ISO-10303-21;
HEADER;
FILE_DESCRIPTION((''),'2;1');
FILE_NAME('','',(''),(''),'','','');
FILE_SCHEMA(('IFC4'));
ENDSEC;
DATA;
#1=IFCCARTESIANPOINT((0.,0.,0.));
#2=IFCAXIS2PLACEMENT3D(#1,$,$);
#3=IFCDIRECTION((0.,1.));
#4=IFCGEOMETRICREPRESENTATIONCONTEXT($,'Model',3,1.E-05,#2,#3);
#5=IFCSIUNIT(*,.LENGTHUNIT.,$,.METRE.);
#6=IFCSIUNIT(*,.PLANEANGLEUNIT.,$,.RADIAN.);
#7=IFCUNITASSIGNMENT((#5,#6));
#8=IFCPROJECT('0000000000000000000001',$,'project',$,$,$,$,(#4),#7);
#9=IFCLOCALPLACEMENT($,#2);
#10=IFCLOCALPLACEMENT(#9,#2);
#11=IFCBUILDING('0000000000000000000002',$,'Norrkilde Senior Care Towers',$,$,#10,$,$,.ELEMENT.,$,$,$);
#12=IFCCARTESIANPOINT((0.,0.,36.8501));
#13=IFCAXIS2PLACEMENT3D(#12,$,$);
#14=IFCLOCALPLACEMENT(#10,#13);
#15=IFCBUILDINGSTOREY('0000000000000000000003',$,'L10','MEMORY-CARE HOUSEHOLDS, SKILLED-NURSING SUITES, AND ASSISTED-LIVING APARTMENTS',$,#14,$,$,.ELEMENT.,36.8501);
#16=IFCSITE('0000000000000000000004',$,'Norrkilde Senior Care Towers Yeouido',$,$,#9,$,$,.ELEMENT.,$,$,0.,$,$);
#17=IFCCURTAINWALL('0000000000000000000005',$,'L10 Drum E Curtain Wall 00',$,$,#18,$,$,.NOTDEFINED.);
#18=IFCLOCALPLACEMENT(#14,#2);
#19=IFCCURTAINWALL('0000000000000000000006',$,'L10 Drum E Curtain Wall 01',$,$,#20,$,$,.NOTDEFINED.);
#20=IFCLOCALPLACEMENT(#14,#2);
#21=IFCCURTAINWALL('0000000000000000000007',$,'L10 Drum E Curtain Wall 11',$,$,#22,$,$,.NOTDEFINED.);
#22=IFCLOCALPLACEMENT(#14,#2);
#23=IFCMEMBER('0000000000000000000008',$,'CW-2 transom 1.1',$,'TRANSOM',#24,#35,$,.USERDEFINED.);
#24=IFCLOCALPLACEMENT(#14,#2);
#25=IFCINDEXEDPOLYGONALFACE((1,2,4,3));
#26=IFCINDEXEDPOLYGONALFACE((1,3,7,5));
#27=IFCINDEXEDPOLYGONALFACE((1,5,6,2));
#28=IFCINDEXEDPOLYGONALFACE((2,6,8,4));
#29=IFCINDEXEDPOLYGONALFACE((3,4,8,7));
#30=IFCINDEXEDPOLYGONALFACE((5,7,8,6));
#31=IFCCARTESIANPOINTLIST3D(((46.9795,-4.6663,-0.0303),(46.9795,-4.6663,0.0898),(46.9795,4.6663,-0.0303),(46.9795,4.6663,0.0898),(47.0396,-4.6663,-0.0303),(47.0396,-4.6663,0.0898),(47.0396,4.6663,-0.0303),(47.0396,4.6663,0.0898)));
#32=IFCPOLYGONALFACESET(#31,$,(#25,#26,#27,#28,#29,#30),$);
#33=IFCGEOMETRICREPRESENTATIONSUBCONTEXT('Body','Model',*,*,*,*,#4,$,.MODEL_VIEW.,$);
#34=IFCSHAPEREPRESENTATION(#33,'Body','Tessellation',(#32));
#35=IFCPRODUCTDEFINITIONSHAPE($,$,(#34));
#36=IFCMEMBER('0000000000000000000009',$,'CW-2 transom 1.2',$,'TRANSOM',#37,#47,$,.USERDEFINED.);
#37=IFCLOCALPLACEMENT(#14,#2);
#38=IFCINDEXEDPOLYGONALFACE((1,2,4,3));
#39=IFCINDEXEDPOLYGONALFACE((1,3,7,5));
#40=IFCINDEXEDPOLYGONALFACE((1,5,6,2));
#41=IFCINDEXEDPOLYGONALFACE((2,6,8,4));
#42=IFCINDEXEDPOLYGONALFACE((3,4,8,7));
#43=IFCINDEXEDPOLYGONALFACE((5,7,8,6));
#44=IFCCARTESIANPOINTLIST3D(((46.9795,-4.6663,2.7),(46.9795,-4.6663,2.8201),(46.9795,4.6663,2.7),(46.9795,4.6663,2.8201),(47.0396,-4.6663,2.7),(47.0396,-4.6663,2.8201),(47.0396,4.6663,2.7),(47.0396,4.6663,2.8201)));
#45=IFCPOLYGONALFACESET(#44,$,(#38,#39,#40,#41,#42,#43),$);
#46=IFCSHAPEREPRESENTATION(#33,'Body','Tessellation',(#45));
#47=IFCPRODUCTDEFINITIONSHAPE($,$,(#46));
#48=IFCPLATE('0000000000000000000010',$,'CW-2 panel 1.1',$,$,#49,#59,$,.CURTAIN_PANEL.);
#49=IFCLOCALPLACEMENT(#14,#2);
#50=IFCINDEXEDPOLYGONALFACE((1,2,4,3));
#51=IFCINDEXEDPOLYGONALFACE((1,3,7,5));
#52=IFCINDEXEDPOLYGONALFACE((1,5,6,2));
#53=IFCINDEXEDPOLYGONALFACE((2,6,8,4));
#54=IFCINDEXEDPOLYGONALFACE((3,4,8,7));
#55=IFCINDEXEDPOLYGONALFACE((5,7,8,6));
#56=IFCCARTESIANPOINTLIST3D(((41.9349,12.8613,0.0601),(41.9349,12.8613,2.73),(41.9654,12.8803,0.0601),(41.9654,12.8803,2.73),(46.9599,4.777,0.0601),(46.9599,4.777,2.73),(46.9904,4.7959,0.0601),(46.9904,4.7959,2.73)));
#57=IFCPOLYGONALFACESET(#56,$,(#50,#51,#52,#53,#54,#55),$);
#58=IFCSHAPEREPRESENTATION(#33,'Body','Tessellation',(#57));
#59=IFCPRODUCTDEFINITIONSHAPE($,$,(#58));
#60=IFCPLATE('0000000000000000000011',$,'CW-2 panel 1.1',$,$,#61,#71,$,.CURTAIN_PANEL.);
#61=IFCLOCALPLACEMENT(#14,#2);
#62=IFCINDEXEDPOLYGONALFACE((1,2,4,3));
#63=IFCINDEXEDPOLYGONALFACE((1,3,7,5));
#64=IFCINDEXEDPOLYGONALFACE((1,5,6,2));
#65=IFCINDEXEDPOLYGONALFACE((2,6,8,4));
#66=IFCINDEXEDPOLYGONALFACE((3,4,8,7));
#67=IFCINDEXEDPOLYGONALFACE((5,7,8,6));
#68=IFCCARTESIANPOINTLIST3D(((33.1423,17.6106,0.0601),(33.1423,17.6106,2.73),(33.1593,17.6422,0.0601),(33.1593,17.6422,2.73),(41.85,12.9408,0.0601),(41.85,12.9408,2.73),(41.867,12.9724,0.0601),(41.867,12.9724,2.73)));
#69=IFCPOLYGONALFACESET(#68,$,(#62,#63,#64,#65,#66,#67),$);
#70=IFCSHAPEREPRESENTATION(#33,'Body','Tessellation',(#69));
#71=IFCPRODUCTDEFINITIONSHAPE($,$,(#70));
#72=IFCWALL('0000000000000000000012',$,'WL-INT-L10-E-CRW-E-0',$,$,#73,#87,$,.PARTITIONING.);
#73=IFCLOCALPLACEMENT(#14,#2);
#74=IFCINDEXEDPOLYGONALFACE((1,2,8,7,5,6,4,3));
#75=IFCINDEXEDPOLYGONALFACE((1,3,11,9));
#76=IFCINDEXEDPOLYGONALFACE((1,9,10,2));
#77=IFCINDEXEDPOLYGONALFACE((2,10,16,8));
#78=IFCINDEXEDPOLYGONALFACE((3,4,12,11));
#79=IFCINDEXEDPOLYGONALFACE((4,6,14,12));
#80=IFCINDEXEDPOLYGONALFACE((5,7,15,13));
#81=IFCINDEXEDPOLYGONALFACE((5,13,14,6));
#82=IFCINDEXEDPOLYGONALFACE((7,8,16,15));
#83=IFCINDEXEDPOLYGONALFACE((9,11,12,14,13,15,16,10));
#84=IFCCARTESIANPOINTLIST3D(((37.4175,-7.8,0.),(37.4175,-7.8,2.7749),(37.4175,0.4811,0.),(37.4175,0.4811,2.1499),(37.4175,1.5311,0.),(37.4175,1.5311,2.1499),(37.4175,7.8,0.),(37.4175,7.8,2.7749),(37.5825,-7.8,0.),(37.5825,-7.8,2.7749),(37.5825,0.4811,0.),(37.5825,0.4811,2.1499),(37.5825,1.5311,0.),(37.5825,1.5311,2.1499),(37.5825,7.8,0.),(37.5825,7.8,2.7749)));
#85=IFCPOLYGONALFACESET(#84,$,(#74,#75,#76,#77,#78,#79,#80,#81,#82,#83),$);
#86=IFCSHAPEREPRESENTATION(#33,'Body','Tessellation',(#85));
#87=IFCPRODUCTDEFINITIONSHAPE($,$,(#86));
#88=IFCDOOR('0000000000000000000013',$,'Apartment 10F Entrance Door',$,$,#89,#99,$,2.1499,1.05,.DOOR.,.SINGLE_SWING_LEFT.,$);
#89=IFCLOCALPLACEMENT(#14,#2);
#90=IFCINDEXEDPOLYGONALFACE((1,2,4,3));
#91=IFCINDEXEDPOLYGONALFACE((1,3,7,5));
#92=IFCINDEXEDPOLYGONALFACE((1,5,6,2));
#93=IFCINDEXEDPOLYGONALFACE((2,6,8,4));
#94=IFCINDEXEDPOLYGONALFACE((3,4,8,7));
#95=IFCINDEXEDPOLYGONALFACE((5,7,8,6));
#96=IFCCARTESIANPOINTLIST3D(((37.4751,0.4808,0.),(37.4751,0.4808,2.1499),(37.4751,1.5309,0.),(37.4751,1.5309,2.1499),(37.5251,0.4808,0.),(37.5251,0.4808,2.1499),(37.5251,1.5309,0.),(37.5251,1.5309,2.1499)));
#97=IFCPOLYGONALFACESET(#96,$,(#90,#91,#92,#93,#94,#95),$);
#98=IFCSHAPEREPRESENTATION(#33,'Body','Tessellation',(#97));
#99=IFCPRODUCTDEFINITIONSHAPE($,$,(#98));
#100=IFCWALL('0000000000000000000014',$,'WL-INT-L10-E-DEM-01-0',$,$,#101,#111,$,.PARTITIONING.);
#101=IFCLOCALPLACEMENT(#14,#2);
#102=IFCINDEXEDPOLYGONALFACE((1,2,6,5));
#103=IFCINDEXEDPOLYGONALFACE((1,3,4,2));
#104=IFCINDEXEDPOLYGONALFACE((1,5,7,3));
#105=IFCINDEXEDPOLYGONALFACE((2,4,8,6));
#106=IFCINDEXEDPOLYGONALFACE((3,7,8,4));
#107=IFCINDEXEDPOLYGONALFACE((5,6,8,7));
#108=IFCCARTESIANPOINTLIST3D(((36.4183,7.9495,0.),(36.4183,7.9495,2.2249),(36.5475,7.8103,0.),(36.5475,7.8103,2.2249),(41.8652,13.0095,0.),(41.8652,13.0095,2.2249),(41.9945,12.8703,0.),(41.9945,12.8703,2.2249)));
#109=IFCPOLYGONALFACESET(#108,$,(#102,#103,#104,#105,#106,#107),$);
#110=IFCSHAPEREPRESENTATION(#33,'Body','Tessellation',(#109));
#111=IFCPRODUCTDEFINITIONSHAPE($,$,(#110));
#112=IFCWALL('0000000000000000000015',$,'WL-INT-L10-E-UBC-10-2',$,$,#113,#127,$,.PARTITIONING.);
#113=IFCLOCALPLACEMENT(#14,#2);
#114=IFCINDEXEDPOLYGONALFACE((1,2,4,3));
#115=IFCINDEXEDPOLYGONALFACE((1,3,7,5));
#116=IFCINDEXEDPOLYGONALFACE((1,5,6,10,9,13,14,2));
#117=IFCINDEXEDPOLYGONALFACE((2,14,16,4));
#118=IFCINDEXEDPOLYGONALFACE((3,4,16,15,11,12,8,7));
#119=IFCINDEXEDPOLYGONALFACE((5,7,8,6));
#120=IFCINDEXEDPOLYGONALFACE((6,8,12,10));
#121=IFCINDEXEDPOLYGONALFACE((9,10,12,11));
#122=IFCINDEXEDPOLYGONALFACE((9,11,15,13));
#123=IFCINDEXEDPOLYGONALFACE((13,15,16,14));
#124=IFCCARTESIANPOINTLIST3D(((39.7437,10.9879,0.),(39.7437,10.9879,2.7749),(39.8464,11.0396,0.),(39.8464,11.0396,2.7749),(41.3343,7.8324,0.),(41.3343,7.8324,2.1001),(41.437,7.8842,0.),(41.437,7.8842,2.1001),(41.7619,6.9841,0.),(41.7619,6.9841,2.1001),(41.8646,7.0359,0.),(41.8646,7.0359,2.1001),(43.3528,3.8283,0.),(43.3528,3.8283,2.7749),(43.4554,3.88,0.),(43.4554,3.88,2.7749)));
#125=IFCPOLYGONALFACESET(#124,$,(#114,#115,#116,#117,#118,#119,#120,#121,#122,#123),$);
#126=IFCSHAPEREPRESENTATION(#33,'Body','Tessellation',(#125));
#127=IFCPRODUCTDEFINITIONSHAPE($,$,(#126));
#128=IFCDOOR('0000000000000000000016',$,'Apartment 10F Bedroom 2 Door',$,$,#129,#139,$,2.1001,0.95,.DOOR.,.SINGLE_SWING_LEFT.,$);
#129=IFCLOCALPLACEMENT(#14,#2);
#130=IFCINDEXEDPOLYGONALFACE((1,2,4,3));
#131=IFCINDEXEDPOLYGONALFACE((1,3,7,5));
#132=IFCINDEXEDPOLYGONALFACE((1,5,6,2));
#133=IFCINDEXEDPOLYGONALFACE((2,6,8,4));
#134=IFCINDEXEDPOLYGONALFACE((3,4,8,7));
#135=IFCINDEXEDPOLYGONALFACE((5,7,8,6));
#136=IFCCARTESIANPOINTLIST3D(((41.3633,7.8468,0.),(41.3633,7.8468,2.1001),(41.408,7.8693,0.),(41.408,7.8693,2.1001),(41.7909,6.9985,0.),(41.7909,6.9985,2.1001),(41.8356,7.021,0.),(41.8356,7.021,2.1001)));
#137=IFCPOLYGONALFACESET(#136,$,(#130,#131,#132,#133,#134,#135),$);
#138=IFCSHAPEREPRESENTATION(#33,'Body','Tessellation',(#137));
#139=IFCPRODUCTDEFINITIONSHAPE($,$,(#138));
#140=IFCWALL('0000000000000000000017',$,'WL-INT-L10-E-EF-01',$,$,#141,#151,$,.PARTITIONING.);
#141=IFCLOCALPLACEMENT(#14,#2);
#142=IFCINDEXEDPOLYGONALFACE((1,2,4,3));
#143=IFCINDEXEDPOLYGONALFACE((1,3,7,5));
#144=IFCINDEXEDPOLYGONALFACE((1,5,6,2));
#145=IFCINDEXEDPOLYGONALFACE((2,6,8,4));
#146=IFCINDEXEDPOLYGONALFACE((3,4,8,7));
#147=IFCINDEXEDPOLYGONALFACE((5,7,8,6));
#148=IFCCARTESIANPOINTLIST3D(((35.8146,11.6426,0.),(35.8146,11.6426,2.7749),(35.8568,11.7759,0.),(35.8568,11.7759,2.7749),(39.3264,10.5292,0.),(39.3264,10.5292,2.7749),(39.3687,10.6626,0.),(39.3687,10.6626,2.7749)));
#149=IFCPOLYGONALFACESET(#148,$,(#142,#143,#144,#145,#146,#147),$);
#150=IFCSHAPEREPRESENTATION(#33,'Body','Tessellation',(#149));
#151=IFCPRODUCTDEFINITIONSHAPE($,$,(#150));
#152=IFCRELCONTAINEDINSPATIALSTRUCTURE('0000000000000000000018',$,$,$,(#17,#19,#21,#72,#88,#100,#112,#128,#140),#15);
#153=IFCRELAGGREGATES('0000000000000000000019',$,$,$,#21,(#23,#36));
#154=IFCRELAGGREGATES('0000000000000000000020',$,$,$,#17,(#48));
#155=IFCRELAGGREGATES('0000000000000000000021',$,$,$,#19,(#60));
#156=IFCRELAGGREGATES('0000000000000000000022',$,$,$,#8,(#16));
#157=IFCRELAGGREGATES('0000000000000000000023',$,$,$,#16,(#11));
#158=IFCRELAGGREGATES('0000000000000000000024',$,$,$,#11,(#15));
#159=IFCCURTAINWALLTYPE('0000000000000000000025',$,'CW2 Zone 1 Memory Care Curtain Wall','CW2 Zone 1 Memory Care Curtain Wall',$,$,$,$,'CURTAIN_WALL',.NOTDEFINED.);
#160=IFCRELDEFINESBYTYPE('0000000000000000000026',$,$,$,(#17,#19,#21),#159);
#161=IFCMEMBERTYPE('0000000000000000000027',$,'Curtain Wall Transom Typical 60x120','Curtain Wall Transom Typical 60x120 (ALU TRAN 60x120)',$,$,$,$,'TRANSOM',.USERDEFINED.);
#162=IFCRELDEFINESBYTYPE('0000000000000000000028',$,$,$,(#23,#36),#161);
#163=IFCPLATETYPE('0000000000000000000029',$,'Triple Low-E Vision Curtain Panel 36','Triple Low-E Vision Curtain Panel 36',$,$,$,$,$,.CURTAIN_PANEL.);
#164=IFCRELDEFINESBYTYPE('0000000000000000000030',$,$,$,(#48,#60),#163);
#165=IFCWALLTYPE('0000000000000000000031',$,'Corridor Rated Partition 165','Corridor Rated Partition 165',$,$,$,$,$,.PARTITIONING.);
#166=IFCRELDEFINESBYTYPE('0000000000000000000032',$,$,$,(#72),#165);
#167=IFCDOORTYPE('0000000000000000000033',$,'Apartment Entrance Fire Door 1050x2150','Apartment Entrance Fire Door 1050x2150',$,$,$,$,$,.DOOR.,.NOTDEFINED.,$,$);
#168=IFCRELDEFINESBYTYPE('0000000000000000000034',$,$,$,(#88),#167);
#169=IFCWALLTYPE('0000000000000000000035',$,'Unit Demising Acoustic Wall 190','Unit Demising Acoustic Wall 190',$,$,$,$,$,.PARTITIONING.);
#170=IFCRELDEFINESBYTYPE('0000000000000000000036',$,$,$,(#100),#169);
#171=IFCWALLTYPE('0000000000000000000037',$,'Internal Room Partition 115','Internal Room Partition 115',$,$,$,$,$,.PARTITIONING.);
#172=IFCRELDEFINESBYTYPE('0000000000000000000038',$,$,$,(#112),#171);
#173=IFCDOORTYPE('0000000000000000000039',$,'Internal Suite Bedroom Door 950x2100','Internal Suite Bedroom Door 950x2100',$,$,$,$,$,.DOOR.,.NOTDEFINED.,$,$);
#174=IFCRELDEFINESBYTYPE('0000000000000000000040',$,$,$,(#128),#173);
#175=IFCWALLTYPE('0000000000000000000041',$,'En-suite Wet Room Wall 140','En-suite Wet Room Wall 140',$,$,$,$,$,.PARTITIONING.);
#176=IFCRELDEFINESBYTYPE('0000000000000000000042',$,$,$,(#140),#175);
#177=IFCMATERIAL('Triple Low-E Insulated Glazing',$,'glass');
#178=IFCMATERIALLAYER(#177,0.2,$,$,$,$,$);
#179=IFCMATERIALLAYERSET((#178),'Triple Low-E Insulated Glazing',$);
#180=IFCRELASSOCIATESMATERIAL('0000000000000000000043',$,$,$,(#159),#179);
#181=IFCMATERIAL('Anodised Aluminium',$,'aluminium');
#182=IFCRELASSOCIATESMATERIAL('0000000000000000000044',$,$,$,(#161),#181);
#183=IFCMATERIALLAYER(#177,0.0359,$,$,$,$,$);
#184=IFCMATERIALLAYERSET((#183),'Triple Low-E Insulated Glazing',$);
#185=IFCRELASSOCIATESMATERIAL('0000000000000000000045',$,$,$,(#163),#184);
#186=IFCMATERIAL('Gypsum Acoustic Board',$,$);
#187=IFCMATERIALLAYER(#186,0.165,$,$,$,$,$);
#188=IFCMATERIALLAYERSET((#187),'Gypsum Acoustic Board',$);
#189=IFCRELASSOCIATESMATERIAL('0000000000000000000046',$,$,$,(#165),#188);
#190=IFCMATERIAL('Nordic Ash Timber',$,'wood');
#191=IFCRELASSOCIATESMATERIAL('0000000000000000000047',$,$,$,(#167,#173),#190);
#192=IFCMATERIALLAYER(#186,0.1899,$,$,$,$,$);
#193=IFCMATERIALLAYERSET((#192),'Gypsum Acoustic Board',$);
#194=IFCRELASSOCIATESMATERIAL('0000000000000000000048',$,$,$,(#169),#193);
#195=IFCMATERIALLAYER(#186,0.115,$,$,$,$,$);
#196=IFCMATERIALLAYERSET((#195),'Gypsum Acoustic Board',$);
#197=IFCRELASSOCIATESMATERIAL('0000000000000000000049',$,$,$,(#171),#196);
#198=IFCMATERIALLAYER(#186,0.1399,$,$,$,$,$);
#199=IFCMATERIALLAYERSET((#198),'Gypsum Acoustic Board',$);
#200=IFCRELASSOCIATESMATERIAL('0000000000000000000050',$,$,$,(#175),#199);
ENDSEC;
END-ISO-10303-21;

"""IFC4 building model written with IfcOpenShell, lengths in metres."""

from ifc_helpers import new_model, si_unit, direction, frame, frame_2d, origin, origin_2d, place, context, subcontext, project, spatial, rectangle, extrude, source, transform, mapped, material, layer, layer_set, material_profile, profile_set, type_object, type_shapes, element, fill, aggregate, save


model = new_model("IFC4")

# Units and contexts
model_context = context("Model", 3, precision=1e-05, world=origin(), true_north=direction((0.0, 1.0)))
body_context = subcontext(model_context, "Body", "Model", "MODEL_VIEW")
ifc_project = project(units=[si_unit("LENGTHUNIT", "METRE"), si_unit("PLANEANGLEUNIT", "RADIAN")], contexts=[model_context])

# Site, building, storey
site_placement = place(None, origin())
site = spatial("IfcSite", under=ifc_project, at=site_placement, Name="Norrkilde Senior Care Towers Yeouido", CompositionType="ELEMENT", RefElevation=0.0)
building_placement = place(site_placement, origin())
building = spatial("IfcBuilding", under=site, at=building_placement, Name="Norrkilde Senior Care Towers", CompositionType="ELEMENT")
storey_placement = place(building_placement, frame((0.0, 0.0, 36.8501)))
storey = spatial("IfcBuildingStorey", under=building, at=storey_placement, Name="L10", Description="MEMORY-CARE HOUSEHOLDS, SKILLED-NURSING SUITES, AND ASSISTED-LIVING APARTMENTS", CompositionType="ELEMENT", Elevation=36.8501)

# Curtain wall
ifc_material_1 = material(Name="Triple Low-E Insulated Glazing", Category="glass")
ifc_layer_1 = layer(ifc_material_1, 0.2)
ifc_layer_set_1 = layer_set([ifc_layer_1], Name="Triple Low-E Insulated Glazing")
curtain_wall_type = type_object("IfcCurtainWallType", Name="CW2 Zone 1 Memory Care Curtain Wall", Description="CW2 Zone 1 Memory Care Curtain Wall", ElementType="CURTAIN_WALL", PredefinedType="NOTDEFINED", material=ifc_layer_set_1)
curtain_wall_1_placement = place(storey_placement, origin())
curtain_wall_1 = element("IfcCurtainWall", 1, at=curtain_wall_1_placement, inside=storey, type_object=curtain_wall_type, Name="L10 Drum E Curtain Wall 00", PredefinedType="NOTDEFINED")
ifc_material_2 = material(Name="Anodised Aluminium", Category="aluminium")

# Curtain walls
curtain_wall_2_placement = place(storey_placement, origin())
curtain_wall_2 = element("IfcCurtainWall", 2, at=curtain_wall_2_placement, inside=storey, type_object=curtain_wall_type, Name="L10 Drum E Curtain Wall 01", PredefinedType="NOTDEFINED")
curtain_wall_3_placement = place(storey_placement, origin())
curtain_wall_3 = element("IfcCurtainWall", 3, at=curtain_wall_3_placement, inside=storey, type_object=curtain_wall_type, Name="L10 Drum E Curtain Wall 11", PredefinedType="NOTDEFINED")

# Members
ifc_material_profile_1 = material_profile(ifc_material_2, rectangle(XDim=0.0601, YDim=0.1201, at=origin_2d()), Name="ALU TRAN 60x120")
ifc_profile_set_1 = profile_set([ifc_material_profile_1], Name="Anodised Aluminium")
member_type_1 = type_object("IfcMemberType", Name="Curtain Wall Transom Typical 60x120", Description="Curtain Wall Transom Typical 60x120 (ALU TRAN 60x120)", ElementType="TRANSOM", PredefinedType="USERDEFINED", material=ifc_profile_set_1)
shared_shape_1 = source(origin(), body_context, "Body", "SweptSolid", [
    extrude(rectangle(XDim=0.0601, YDim=0.1201, at=origin_2d()), origin(), (0.0, 0.0, 1.0), 9.3325),
])
member_1_placement = place(storey_placement, frame((47.0095, 4.6663, 0.0298), z_axis=(0.0, -1.0, 0.0), x_axis=(1.0, 0.0, 0.0)))
member_1 = element("IfcMember", 4, at=member_1_placement, type_object=member_type_1, Name="CW-2 transom 1.1", ObjectType="TRANSOM", PredefinedType="USERDEFINED", context=body_context, shape_type="MappedRepresentation", body=[
    mapped(shared_shape_1, transform((0.0, 0.0, 0.0), x_axis=(1.0, 0.0, 0.0), y_axis=(0.0, 1.0, 0.0), z_axis=(0.0, 0.0, 1.0), scale=1.0)),
])
member_2_placement = place(storey_placement, frame((47.0095, 4.6663, 2.76), z_axis=(0.0, -1.0, 0.0), x_axis=(1.0, 0.0, 0.0)))
member_2 = element("IfcMember", 5, at=member_2_placement, type_object=member_type_1, Name="CW-2 transom 1.2", ObjectType="TRANSOM", PredefinedType="USERDEFINED", context=body_context, shape_type="MappedRepresentation", body=[
    mapped(shared_shape_1, transform((0.0, 0.0, 0.0), x_axis=(1.0, 0.0, 0.0), y_axis=(0.0, 1.0, 0.0), z_axis=(0.0, 0.0, 1.0), scale=1.0)),
])
aggregate(curtain_wall_3, [member_1, member_2])

# Plates
ifc_layer_2 = layer(ifc_material_1, 0.0359)
ifc_layer_set_2 = layer_set([ifc_layer_2], Name="Triple Low-E Insulated Glazing")
plate_type = type_object("IfcPlateType", Name="Triple Low-E Vision Curtain Panel 36", Description="Triple Low-E Vision Curtain Panel 36", PredefinedType="CURTAIN_PANEL", material=ifc_layer_set_2)
shared_shape_2 = source(origin(), body_context, "Body", "SweptSolid", [
    extrude(rectangle(XDim=9.5188, YDim=0.0359, at=origin_2d()), origin(), (0.0, 0.0, 1.0), 2.6699),
])
plate_1_placement = place(storey_placement, frame((44.4626, 8.8286, 0.0601), z_axis=(0.0, 0.0, 1.0), x_axis=(0.527901, -0.849306, 0.0)))
plate_1 = element("IfcPlate", 6, at=plate_1_placement, type_object=plate_type, Name="CW-2 panel 1.1", PredefinedType="CURTAIN_PANEL", context=body_context, shape_type="MappedRepresentation", body=[
    mapped(shared_shape_2, transform((0.0, 0.0, 0.0), x_axis=(1.0, 0.0, 0.0), y_axis=(0.0, 1.0, 0.0), z_axis=(0.0, 0.0, 1.0), scale=1.0)),
])
aggregate(curtain_wall_1, [plate_1])
shared_shape_3 = source(origin(), body_context, "Body", "SweptSolid", [
    extrude(rectangle(XDim=9.8809, YDim=0.0359, at=origin_2d()), origin(), (0.0, 0.0, 1.0), 2.6699),
])
type_shapes(plate_type, [shared_shape_2, shared_shape_3])
plate_2_placement = place(storey_placement, frame((37.5046, 15.2915, 0.0601), z_axis=(0.0, 0.0, 1.0), x_axis=(0.881273, -0.472608, 0.0)))
plate_2 = element("IfcPlate", 7, at=plate_2_placement, type_object=plate_type, Name="CW-2 panel 1.1", PredefinedType="CURTAIN_PANEL", context=body_context, shape_type="MappedRepresentation", body=[
    mapped(shared_shape_3, transform((0.0, 0.0, 0.0), x_axis=(1.0, 0.0, 0.0), y_axis=(0.0, 1.0, 0.0), z_axis=(0.0, 0.0, 1.0), scale=1.0)),
])
aggregate(curtain_wall_2, [plate_2])

# Wall, opening, door
ifc_material_3 = material(Name="Gypsum Acoustic Board")
ifc_layer_3 = layer(ifc_material_3, 0.165)
ifc_layer_set_3 = layer_set([ifc_layer_3], Name="Gypsum Acoustic Board")
wall_type_1 = type_object("IfcWallType", Name="Corridor Rated Partition 165", Description="Corridor Rated Partition 165", PredefinedType="PARTITIONING", material=ifc_layer_set_3)
shared_shape_4 = source(origin(), body_context, "Body", "SweptSolid", [
    extrude(rectangle(XDim=15.6001, YDim=0.165, at=frame_2d((7.8, 0.0))), origin(), (0.0, 0.0, 1.0), 2.7749),
])
type_shapes(wall_type_1, [shared_shape_4])
wall_1_placement = place(storey_placement, frame((37.5, 7.8, 0.0), z_axis=(0.0, 0.0, 1.0), x_axis=(0.0, -1.0, 0.0)))
wall_1 = element("IfcWall", 8, at=wall_1_placement, inside=storey, type_object=wall_type_1, Name="WL-INT-L10-E-CRW-E-0", PredefinedType="PARTITIONING", context=body_context, shape_type="MappedRepresentation", body=[
    mapped(shared_shape_4, transform((0.0, 0.0, 0.0), x_axis=(1.0, 0.0, 0.0), y_axis=(0.0, 1.0, 0.0), z_axis=(0.0, 0.0, 1.0), scale=1.0)),
])
opening_1_placement = place(wall_1_placement, frame((6.269, 0.0, 0.0)))
opening_1 = element("IfcOpeningElement", 9, at=opening_1_placement, cuts=wall_1, PredefinedType="OPENING", context=body_context, shape_type="SweptSolid", body=[
    extrude(rectangle(XDim=1.05, YDim=2.1499, at=frame_2d((0.5249, 1.075))), frame((0.0, 0.0925, 0.0), z_axis=(0.0, -1.0, 0.0), x_axis=(1.0, 0.0, 0.0)), (0.0, 0.0, 1.0), 0.1851),
])
ifc_material_4 = material(Name="Nordic Ash Timber", Category="wood")
door_type_1 = type_object("IfcDoorType", Name="Apartment Entrance Fire Door 1050x2150", Description="Apartment Entrance Fire Door 1050x2150", OperationType="NOTDEFINED", PredefinedType="DOOR", material=ifc_material_4)
shared_shape_5 = source(origin(), body_context, "Body", "SweptSolid", [
    extrude(rectangle(XDim=1.05, YDim=2.1499, at=frame_2d((0.5249, 1.075))), frame((0.0, 0.0249, 0.0), z_axis=(0.0, -1.0, 0.0), x_axis=(1.0, 0.0, 0.0)), (0.0, 0.0, 1.0), 0.05),
])
type_shapes(door_type_1, [shared_shape_5])
door_1_placement = place(opening_1_placement, frame((1.05, 0.0, 0.0), z_axis=(0.0, 0.0, 1.0), x_axis=(-1.0, 0.0, 0.0)))
door_1 = element("IfcDoor", 10, at=door_1_placement, inside=storey, type_object=door_type_1, Name="Apartment 10F Entrance Door", OperationType="SINGLE_SWING_LEFT", OverallHeight=2.1499, OverallWidth=1.05, PredefinedType="DOOR", context=body_context, shape_type="MappedRepresentation", body=[
    mapped(shared_shape_5, transform((0.0, 0.0, 0.0), x_axis=(1.0, 0.0, 0.0), y_axis=(0.0, 1.0, 0.0), z_axis=(0.0, 0.0, 1.0), scale=1.0)),
])
fill(opening_1, door_1)

# Wall
ifc_layer_4 = layer(ifc_material_3, 0.1899)
ifc_layer_set_4 = layer_set([ifc_layer_4], Name="Gypsum Acoustic Board")
wall_type_2 = type_object("IfcWallType", Name="Unit Demising Acoustic Wall 190", Description="Unit Demising Acoustic Wall 190", PredefinedType="PARTITIONING", material=ifc_layer_set_4)
shared_shape_6 = source(origin(), body_context, "Body", "SweptSolid", [
    extrude(rectangle(XDim=7.4346, YDim=0.1899, at=frame_2d((3.7173, 0.0))), origin(), (0.0, 0.0, 1.0), 2.2249),
])
type_shapes(wall_type_2, [shared_shape_6])
wall_2_placement = place(storey_placement, frame((36.4829, 7.8799, 0.0), z_axis=(0.0, 0.0, 1.0), x_axis=(0.732652, 0.680603, 0.0)))
element("IfcWall", 11, at=wall_2_placement, inside=storey, type_object=wall_type_2, Name="WL-INT-L10-E-DEM-01-0", PredefinedType="PARTITIONING", context=body_context, shape_type="MappedRepresentation", body=[
    mapped(shared_shape_6, transform((0.0, 0.0, 0.0), x_axis=(1.0, 0.0, 0.0), y_axis=(0.0, 1.0, 0.0), z_axis=(0.0, 0.0, 1.0), scale=1.0)),
])

# Wall, opening, door
ifc_layer_5 = layer(ifc_material_3, 0.115)
ifc_layer_set_5 = layer_set([ifc_layer_5], Name="Gypsum Acoustic Board")
wall_type_3 = type_object("IfcWallType", Name="Internal Room Partition 115", Description="Internal Room Partition 115", PredefinedType="PARTITIONING", material=ifc_layer_set_5)
shared_shape_7 = source(origin(), body_context, "Body", "SweptSolid", [
    extrude(rectangle(XDim=8.0178, YDim=0.115, at=frame_2d((4.0088, 0.0))), origin(), (0.0, 0.0, 1.0), 2.7749),
])
wall_3_placement = place(storey_placement, frame((43.4041, 3.8542, 0.0), z_axis=(0.0, 0.0, 1.0), x_axis=(-0.450134, 0.892961, 0.0)))
wall_3 = element("IfcWall", 12, at=wall_3_placement, inside=storey, type_object=wall_type_3, Name="WL-INT-L10-E-UBC-10-2", PredefinedType="PARTITIONING", context=body_context, shape_type="MappedRepresentation", body=[
    mapped(shared_shape_7, transform((0.0, 0.0, 0.0), x_axis=(1.0, 0.0, 0.0), y_axis=(0.0, 1.0, 0.0), z_axis=(0.0, 0.0, 1.0), scale=1.0)),
])
opening_2_placement = place(wall_3_placement, frame((3.5339, 0.0, 0.0)))
opening_2 = element("IfcOpeningElement", 13, at=opening_2_placement, cuts=wall_3, PredefinedType="OPENING", context=body_context, shape_type="SweptSolid", body=[
    extrude(rectangle(XDim=0.95, YDim=2.1001, at=frame_2d((0.4751, 1.05))), frame((0.0, 0.0674, 0.0), z_axis=(0.0, -1.0, 0.0), x_axis=(1.0, 0.0, 0.0)), (0.0, 0.0, 1.0), 0.135),
])
door_type_2 = type_object("IfcDoorType", Name="Internal Suite Bedroom Door 950x2100", Description="Internal Suite Bedroom Door 950x2100", OperationType="NOTDEFINED", PredefinedType="DOOR", material=ifc_material_4)
shared_shape_8 = source(origin(), body_context, "Body", "SweptSolid", [
    extrude(rectangle(XDim=0.95, YDim=2.1001, at=frame_2d((0.4751, 1.05))), frame((0.0, 0.0249, 0.0), z_axis=(0.0, -1.0, 0.0), x_axis=(1.0, 0.0, 0.0)), (0.0, 0.0, 1.0), 0.05),
])
type_shapes(door_type_2, [shared_shape_8])
door_2_placement = place(opening_2_placement, frame((0.95, 0.0, 0.0), z_axis=(0.0, 0.0, 1.0), x_axis=(-1.0, 0.0, 0.0)))
door_2 = element("IfcDoor", 14, at=door_2_placement, inside=storey, type_object=door_type_2, Name="Apartment 10F Bedroom 2 Door", OperationType="SINGLE_SWING_LEFT", OverallHeight=2.1001, OverallWidth=0.95, PredefinedType="DOOR", context=body_context, shape_type="MappedRepresentation", body=[
    mapped(shared_shape_8, transform((0.0, 0.0, 0.0), x_axis=(1.0, 0.0, 0.0), y_axis=(0.0, 1.0, 0.0), z_axis=(0.0, 0.0, 1.0), scale=1.0)),
])
fill(opening_2, door_2)

# Wall
ifc_layer_6 = layer(ifc_material_3, 0.1399)
ifc_layer_set_6 = layer_set([ifc_layer_6], Name="Gypsum Acoustic Board")
wall_type_4 = type_object("IfcWallType", Name="En-suite Wet Room Wall 140", Description="En-suite Wet Room Wall 140", PredefinedType="PARTITIONING", material=ifc_layer_set_6)
shared_shape_9 = source(origin(), body_context, "Body", "SweptSolid", [
    extrude(rectangle(XDim=3.6841, YDim=0.1399, at=frame_2d((1.842, 0.0))), origin(), (0.0, 0.0, 1.0), 2.7749),
])
type_shapes(wall_type_4, [shared_shape_9])
wall_4_placement = place(storey_placement, frame((35.8357, 11.7092, 0.0), z_axis=(0.0, 0.0, 1.0), x_axis=(0.953246, -0.302197, 0.0)))
element("IfcWall", 15, at=wall_4_placement, inside=storey, type_object=wall_type_4, Name="WL-INT-L10-E-EF-01", PredefinedType="PARTITIONING", context=body_context, shape_type="MappedRepresentation", body=[
    mapped(shared_shape_9, transform((0.0, 0.0, 0.0), x_axis=(1.0, 0.0, 0.0), y_axis=(0.0, 1.0, 0.0), z_axis=(0.0, 0.0, 1.0), scale=1.0)),
])

save(model, "model.ifc")
